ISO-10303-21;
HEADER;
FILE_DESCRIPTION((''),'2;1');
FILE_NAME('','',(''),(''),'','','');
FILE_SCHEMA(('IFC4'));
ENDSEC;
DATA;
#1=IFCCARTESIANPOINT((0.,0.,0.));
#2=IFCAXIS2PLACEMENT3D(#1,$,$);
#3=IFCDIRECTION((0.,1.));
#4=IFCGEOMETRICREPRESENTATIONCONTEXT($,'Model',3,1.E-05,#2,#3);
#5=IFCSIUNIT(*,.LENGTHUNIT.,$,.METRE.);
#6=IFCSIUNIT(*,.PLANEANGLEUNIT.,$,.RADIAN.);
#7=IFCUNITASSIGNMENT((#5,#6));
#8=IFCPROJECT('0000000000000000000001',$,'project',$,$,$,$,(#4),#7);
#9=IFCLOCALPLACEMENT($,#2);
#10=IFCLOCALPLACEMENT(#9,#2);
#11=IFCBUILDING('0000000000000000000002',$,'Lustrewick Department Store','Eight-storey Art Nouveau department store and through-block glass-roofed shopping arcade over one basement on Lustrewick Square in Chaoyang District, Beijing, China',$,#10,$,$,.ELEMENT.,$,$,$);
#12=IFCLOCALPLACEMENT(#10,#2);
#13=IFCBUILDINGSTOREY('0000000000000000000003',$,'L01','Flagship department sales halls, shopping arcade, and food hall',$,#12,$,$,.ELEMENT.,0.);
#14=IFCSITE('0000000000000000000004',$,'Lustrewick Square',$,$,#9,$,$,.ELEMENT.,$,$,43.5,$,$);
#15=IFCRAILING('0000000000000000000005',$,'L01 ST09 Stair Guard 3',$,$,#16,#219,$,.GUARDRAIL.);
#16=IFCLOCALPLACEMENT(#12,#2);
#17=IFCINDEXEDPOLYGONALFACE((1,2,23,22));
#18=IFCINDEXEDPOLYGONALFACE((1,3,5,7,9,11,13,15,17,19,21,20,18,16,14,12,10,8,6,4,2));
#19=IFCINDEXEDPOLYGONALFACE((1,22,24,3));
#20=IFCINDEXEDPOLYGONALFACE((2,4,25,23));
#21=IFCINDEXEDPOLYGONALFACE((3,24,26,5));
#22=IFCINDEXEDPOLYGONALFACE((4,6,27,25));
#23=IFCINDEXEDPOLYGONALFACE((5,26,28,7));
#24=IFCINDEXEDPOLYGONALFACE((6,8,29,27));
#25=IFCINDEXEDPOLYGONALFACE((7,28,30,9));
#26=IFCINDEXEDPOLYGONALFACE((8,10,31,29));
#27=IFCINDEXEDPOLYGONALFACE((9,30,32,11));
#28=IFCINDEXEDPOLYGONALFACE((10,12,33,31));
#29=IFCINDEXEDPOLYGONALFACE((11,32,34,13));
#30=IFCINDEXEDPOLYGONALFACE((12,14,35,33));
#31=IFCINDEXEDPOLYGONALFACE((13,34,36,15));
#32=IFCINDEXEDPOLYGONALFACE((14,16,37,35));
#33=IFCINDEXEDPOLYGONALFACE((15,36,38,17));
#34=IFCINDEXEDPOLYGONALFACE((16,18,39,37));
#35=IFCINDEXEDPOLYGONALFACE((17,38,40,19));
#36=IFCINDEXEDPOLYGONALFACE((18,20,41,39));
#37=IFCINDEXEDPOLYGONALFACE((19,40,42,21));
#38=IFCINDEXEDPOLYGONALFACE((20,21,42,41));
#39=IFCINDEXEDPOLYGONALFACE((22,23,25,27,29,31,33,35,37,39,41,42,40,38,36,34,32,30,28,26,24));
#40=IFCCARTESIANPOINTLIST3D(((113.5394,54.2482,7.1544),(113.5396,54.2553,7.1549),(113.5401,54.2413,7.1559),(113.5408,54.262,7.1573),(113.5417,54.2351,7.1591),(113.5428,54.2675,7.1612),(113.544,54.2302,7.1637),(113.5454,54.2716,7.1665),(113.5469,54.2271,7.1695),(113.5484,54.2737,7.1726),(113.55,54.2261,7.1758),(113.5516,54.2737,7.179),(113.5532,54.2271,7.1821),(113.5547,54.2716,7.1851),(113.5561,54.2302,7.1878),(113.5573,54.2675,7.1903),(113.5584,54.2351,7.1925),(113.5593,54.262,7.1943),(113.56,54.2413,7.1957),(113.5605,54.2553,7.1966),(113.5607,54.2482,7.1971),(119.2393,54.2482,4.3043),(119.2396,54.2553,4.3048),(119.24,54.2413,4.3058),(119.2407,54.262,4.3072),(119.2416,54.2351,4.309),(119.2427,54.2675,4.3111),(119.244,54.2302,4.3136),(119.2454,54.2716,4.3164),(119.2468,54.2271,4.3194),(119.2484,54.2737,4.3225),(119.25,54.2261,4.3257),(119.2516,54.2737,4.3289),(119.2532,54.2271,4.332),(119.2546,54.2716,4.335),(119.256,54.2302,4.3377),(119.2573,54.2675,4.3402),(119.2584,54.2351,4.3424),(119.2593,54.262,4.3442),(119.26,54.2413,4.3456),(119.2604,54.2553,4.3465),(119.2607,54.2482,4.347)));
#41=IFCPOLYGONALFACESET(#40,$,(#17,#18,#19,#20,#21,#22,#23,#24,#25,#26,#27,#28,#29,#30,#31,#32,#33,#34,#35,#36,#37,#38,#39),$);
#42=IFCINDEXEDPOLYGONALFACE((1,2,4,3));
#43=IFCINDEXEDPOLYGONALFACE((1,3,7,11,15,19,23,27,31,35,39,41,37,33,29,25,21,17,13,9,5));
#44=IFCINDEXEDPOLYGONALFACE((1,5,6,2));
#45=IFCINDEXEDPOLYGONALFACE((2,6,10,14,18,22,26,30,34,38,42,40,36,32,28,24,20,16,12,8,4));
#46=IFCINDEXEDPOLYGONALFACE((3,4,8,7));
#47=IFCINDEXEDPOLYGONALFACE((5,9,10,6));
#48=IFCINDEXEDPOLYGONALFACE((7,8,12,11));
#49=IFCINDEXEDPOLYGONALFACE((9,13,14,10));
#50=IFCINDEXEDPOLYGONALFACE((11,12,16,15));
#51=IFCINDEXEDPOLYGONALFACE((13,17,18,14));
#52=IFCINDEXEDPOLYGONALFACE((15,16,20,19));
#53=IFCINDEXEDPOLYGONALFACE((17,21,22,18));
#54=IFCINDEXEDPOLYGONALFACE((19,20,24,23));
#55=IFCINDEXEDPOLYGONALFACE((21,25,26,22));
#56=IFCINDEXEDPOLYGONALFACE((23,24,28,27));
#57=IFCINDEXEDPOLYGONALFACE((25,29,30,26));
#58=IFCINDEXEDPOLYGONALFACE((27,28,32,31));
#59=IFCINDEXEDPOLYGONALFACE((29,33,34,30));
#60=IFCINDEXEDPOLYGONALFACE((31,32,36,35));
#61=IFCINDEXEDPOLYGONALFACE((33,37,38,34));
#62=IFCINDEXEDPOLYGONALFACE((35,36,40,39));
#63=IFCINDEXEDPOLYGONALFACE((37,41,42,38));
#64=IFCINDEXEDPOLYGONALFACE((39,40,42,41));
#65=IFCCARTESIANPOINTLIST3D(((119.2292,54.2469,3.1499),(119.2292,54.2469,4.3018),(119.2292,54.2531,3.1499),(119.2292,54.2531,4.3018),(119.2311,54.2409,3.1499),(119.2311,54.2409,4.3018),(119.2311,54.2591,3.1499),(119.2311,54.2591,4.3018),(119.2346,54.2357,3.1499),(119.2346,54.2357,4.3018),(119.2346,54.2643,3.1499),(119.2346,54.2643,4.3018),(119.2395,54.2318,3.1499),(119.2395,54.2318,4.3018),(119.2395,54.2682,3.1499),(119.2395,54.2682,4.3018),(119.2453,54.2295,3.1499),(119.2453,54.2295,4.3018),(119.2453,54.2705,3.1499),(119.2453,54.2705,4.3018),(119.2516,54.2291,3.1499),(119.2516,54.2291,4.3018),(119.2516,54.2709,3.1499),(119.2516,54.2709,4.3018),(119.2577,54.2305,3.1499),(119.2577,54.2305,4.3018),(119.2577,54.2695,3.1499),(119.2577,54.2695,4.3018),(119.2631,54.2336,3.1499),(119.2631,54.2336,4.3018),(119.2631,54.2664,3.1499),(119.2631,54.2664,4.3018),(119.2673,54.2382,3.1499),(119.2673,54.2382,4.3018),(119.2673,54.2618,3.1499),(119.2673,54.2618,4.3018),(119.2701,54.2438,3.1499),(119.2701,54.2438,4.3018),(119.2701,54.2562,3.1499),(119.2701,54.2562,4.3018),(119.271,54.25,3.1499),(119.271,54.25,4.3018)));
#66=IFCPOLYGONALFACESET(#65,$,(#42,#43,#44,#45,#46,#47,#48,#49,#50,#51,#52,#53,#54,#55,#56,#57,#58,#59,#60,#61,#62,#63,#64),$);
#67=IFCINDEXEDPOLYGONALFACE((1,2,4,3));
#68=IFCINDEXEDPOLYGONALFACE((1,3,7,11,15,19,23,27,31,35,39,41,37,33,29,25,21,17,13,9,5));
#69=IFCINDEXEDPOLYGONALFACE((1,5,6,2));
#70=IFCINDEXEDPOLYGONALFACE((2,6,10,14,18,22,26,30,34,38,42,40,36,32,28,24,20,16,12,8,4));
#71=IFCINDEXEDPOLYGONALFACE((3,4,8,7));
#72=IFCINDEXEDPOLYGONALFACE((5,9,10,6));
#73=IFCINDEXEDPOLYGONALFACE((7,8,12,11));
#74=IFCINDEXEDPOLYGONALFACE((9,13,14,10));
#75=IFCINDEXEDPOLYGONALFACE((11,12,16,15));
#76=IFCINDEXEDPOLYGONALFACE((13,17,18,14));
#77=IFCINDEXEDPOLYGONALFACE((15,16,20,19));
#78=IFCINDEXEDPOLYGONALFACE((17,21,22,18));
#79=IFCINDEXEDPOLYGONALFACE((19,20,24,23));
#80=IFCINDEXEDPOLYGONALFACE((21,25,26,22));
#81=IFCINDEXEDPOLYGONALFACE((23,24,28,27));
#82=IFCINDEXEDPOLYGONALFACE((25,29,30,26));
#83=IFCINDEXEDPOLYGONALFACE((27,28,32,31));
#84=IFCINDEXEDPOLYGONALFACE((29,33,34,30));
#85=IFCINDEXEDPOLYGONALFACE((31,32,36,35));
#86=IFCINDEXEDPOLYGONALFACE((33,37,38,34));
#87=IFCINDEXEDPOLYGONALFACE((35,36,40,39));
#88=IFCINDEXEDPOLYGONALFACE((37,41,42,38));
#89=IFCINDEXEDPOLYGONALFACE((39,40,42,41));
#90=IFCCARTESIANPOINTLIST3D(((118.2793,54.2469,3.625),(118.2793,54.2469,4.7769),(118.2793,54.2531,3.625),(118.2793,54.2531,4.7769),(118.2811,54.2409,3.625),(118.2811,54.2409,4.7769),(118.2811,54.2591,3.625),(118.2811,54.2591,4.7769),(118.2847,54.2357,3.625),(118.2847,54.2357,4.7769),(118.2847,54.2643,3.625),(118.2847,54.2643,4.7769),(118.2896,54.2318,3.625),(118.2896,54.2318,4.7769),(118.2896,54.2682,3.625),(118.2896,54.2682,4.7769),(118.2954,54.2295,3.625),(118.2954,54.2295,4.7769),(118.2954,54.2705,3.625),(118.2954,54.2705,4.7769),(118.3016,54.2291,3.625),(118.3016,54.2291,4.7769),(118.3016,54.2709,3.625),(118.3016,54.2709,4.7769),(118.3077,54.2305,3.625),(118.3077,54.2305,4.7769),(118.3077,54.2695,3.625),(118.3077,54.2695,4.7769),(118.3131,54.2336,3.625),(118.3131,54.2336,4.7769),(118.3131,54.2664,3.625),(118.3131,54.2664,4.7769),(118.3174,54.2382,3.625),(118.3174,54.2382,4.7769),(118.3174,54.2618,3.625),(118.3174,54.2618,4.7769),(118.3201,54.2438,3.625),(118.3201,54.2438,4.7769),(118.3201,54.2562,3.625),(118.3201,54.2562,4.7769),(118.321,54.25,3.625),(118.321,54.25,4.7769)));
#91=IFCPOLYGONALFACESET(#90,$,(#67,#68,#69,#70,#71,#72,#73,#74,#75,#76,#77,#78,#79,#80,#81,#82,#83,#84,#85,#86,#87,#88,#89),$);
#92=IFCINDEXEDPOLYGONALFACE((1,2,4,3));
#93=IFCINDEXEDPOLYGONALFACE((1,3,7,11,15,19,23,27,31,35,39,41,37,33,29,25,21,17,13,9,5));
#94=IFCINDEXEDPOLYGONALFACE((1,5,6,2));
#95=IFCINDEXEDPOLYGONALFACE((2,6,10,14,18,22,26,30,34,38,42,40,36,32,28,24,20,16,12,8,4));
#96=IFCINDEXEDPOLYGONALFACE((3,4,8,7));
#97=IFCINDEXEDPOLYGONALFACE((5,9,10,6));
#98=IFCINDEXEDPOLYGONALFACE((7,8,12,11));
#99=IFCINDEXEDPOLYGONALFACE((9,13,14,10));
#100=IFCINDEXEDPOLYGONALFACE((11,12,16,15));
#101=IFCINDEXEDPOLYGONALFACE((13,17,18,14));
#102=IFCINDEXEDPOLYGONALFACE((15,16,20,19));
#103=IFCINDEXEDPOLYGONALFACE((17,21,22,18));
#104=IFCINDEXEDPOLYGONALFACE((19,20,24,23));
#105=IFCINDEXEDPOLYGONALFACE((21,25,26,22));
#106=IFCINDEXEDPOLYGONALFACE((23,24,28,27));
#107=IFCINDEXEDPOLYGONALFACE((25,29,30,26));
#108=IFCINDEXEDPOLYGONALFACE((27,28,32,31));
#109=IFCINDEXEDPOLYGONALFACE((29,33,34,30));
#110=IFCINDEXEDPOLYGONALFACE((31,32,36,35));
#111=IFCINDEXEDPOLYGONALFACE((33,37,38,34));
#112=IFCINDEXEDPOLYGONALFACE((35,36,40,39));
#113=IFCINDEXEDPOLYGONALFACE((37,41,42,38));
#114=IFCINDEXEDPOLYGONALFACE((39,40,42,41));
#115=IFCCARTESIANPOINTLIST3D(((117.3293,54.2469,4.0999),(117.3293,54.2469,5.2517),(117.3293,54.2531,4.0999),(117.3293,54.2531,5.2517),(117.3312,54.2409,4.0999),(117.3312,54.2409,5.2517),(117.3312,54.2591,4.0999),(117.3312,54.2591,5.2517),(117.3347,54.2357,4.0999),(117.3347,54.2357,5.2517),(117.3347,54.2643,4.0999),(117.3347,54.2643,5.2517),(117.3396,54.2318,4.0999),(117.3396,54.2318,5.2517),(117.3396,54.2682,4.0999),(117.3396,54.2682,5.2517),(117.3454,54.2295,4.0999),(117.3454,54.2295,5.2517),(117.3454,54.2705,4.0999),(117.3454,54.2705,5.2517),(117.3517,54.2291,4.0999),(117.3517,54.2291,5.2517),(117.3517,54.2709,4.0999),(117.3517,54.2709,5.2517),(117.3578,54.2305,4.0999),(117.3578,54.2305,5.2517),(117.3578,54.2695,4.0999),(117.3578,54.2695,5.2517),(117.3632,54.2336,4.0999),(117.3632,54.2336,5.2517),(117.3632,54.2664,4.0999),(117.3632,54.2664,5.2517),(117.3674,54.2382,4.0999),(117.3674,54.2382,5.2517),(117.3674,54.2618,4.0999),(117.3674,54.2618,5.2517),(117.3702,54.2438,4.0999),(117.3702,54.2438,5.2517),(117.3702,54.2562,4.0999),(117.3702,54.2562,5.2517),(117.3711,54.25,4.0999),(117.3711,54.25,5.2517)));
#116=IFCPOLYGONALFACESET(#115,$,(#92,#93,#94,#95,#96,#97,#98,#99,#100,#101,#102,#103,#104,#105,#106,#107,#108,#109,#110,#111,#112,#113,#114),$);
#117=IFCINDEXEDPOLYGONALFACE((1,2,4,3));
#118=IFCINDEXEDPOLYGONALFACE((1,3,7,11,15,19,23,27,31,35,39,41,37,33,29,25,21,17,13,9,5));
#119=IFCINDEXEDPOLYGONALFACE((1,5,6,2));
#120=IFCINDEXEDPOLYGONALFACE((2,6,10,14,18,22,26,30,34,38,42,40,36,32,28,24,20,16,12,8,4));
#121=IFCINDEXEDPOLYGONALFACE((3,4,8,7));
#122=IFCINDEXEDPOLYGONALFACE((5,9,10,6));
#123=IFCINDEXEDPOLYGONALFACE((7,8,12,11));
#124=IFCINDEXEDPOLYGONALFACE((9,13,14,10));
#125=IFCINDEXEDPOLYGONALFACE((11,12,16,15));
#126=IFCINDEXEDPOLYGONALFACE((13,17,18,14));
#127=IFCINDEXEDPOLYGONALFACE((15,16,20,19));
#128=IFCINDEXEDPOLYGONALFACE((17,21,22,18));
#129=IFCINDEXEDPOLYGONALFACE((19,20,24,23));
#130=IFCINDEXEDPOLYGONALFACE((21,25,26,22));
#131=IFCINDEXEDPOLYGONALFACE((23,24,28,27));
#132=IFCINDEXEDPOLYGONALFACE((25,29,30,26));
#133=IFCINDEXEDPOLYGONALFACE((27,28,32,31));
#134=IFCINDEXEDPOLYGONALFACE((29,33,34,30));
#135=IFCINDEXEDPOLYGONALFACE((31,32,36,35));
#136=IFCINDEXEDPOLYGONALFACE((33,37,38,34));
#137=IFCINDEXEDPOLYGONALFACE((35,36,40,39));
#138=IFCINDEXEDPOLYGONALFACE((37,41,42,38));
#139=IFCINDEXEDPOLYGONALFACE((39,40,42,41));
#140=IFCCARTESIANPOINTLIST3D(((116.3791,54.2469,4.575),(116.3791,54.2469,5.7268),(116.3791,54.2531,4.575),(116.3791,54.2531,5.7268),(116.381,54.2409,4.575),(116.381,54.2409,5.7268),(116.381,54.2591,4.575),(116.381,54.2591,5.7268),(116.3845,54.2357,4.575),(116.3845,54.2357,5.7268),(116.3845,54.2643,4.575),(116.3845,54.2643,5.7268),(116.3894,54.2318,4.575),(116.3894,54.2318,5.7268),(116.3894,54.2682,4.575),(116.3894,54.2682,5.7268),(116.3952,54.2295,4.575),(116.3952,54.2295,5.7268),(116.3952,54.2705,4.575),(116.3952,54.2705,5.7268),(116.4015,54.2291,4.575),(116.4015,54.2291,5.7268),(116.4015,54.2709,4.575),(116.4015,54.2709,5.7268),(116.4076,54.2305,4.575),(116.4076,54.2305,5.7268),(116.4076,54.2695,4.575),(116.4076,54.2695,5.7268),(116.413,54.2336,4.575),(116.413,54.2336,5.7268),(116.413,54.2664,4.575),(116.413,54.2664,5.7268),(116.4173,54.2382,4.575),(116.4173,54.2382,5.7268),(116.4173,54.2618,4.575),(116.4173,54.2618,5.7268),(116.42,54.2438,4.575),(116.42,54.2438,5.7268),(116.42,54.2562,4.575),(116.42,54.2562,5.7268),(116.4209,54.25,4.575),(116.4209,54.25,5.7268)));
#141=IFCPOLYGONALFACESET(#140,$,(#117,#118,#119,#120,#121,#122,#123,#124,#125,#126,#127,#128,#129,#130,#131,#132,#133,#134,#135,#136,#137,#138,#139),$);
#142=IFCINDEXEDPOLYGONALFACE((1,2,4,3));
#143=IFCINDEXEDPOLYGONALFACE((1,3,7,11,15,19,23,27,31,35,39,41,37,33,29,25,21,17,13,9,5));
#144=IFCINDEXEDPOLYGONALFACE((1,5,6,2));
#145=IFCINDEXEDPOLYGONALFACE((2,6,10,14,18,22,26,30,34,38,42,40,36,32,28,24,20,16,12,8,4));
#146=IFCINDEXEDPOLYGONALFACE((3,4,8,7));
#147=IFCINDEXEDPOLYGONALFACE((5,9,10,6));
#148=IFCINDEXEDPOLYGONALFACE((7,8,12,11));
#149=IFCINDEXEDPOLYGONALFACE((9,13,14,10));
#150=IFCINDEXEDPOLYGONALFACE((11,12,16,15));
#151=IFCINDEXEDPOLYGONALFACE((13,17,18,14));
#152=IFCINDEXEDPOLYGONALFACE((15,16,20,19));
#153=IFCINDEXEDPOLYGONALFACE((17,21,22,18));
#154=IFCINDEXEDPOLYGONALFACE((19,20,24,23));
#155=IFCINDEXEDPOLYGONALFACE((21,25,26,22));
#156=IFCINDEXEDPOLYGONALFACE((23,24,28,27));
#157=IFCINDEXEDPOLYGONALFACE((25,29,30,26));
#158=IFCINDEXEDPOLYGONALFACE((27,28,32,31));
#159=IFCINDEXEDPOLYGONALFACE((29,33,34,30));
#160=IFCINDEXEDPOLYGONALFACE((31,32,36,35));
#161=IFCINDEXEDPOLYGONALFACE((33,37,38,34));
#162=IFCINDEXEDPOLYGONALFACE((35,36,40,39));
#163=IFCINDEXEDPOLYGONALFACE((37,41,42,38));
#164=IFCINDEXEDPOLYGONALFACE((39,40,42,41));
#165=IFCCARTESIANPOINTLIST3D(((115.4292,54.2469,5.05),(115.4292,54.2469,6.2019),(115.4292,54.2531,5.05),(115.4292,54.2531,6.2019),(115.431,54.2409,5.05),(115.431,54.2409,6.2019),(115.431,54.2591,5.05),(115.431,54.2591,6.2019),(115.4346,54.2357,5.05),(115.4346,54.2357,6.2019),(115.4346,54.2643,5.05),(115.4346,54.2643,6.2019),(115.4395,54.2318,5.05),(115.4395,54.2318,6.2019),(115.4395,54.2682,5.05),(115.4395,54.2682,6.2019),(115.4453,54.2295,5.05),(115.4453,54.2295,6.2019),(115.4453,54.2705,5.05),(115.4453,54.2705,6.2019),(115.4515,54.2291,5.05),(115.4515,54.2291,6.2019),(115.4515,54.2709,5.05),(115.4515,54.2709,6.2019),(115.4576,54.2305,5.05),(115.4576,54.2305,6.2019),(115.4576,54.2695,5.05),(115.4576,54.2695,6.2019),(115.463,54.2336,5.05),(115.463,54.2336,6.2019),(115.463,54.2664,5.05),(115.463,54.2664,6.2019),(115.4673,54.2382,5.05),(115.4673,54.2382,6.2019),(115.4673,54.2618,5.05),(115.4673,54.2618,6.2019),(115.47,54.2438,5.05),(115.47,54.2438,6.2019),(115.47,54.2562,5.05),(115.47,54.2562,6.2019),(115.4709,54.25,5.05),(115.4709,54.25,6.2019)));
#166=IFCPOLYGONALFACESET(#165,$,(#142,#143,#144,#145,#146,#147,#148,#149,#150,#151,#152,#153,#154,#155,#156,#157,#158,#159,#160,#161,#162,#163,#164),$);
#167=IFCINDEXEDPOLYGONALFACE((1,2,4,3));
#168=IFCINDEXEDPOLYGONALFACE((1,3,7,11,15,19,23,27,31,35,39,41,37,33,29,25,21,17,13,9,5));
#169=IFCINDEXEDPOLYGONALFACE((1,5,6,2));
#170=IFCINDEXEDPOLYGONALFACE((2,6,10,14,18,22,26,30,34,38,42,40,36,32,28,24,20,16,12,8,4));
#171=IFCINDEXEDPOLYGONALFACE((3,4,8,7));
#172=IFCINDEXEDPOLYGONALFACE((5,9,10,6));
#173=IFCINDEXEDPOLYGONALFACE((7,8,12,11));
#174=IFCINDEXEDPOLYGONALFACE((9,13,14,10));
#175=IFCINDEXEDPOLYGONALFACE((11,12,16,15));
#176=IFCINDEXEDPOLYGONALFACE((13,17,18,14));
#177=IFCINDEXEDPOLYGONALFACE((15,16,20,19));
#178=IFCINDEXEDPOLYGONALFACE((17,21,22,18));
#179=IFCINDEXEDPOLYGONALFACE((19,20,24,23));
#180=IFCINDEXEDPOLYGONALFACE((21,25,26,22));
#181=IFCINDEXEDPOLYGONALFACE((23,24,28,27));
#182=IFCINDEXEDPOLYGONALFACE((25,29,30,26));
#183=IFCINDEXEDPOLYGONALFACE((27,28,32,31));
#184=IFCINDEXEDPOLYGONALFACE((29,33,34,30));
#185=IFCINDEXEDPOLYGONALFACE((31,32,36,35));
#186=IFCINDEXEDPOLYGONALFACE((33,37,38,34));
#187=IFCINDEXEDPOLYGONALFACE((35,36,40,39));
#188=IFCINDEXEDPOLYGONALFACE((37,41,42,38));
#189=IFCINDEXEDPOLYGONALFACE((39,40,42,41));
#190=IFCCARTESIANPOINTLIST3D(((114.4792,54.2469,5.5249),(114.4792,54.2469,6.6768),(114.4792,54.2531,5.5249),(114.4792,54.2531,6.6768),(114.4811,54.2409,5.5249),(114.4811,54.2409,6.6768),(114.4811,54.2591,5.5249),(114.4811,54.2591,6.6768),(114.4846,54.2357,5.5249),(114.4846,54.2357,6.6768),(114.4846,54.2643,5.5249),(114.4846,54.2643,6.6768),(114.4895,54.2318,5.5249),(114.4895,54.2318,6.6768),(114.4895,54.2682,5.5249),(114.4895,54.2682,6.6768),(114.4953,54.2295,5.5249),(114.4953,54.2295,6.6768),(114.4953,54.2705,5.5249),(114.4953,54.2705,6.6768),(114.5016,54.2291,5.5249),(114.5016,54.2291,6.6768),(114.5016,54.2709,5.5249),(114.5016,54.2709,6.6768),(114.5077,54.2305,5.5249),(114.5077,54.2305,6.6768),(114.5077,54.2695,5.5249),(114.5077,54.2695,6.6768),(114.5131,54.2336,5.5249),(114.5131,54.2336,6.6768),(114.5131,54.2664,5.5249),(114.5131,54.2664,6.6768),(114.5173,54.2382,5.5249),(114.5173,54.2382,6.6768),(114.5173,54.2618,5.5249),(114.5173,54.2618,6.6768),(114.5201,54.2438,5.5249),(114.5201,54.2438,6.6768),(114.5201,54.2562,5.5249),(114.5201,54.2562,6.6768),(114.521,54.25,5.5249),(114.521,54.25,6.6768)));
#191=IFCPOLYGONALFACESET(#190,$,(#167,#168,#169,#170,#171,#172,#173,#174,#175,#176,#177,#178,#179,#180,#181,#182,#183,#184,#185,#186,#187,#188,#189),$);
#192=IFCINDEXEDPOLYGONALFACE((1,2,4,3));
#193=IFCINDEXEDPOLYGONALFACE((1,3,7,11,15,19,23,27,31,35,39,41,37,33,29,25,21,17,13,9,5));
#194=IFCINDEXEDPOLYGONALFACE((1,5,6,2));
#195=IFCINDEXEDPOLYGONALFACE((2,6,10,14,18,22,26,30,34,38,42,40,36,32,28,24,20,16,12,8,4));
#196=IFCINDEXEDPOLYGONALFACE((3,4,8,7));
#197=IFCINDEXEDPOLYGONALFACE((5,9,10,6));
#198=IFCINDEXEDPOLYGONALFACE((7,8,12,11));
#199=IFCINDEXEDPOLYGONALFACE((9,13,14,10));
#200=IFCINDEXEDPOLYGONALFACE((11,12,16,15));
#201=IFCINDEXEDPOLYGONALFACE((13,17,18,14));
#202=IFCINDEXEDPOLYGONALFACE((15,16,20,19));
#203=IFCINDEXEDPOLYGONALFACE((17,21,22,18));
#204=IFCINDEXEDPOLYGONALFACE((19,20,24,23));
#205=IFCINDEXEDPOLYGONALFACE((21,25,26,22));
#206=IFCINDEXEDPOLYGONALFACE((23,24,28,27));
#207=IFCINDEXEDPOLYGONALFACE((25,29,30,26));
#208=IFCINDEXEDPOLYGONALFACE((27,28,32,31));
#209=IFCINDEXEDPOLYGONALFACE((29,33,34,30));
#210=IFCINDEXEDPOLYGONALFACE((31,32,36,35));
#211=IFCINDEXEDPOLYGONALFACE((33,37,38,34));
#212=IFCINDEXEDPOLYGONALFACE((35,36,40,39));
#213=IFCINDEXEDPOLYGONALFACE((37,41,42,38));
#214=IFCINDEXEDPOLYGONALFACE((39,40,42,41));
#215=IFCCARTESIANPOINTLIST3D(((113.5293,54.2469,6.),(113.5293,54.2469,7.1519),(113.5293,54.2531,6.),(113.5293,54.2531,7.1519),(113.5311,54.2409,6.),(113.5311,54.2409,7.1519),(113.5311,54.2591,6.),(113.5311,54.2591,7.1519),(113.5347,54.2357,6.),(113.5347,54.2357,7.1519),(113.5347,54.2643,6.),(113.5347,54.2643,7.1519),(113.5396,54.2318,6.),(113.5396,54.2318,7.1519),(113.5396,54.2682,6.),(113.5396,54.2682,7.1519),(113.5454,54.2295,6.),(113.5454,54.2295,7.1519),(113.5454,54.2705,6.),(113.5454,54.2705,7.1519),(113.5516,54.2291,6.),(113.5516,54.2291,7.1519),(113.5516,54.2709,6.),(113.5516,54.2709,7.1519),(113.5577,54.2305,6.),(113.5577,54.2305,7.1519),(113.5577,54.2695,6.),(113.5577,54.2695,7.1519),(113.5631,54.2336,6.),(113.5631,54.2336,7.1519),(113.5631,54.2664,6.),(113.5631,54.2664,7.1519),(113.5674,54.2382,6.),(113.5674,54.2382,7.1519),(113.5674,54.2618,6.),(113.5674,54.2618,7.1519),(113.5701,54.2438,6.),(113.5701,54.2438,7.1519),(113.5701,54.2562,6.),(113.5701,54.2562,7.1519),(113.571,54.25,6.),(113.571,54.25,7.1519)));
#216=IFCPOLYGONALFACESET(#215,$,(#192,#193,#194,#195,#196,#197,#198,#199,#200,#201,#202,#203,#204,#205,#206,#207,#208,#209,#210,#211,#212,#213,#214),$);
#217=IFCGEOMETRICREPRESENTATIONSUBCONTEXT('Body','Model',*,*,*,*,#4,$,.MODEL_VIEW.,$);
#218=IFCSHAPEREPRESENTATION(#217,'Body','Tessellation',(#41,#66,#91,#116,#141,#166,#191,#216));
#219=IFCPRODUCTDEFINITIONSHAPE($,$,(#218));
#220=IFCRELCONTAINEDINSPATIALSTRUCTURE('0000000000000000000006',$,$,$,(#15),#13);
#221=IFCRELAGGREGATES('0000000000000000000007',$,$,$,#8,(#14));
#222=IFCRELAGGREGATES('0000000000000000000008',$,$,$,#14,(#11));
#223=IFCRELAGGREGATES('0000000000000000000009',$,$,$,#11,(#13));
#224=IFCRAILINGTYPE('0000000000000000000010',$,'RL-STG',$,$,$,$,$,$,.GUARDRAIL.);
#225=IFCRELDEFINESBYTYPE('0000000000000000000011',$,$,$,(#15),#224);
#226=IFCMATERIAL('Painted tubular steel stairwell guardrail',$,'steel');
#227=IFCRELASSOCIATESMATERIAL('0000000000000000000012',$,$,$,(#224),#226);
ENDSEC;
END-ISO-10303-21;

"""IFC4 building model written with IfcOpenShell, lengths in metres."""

from ifc_helpers import new_model, si_unit, direction, frame, origin, origin_2d, place, context, subcontext, project, spatial, circle, extrude, material, type_object, element, save


model = new_model("IFC4")

# Units and contexts
model_context = context("Model", 3, precision=1e-05, world=origin(), true_north=direction((0.0, 1.0)))
body_context = subcontext(model_context, "Body", "Model", "MODEL_VIEW")
ifc_project = project(units=[si_unit("LENGTHUNIT", "METRE"), si_unit("PLANEANGLEUNIT", "RADIAN")], contexts=[model_context])

# Site, building, storey
site_placement = place(None, origin())
site = spatial("IfcSite", under=ifc_project, at=site_placement, Name="Lustrewick Square", CompositionType="ELEMENT", RefElevation=43.5)
building_placement = place(site_placement, origin())
building = spatial("IfcBuilding", under=site, at=building_placement, Name="Lustrewick Department Store", Description="Eight-storey Art Nouveau department store and through-block glass-roofed shopping arcade over one basement on Lustrewick Square in Chaoyang District, Beijing, China", CompositionType="ELEMENT")
storey_placement = place(building_placement, origin())
storey = spatial("IfcBuildingStorey", under=building, at=storey_placement, Name="L01", Description="Flagship department sales halls, shopping arcade, and food hall", CompositionType="ELEMENT", Elevation=0.0)

# Railing
ifc_material_1 = material(Name="Painted tubular steel stairwell guardrail", Category="steel")
railing_type_1 = type_object("IfcRailingType", Name="RL-STG", PredefinedType="GUARDRAIL", material=ifc_material_1)
railing_1_placement = place(storey_placement, frame((119.25, 54.25, 3.1499)))
element("IfcRailing", 1, at=railing_1_placement, inside=storey, type_object=railing_type_1, Name="L01 ST09 Stair Guard 3", PredefinedType="GUARDRAIL", context=body_context, shape_type="SweptSolid", body=[
    extrude(circle(Radius=0.0239, at=origin_2d()), frame((0.0, 0.0, 1.1758), z_axis=(-0.89442, 0.0, 0.447229), x_axis=(0.0, -1.0, 0.0)), (0.0, 0.0, 1.0), 6.3728),
    extrude(circle(Radius=0.021, at=origin_2d()), origin(), (0.0, 0.0, 1.0), 1.1519),
    extrude(circle(Radius=0.021, at=origin_2d()), frame((-0.95, 0.0, 0.4751)), (0.0, 0.0, 1.0), 1.1519),
    extrude(circle(Radius=0.021, at=origin_2d()), frame((-1.8999, 0.0, 0.95)), (0.0, 0.0, 1.0), 1.1519),
    extrude(circle(Radius=0.021, at=origin_2d()), frame((-2.8501, 0.0, 1.425)), (0.0, 0.0, 1.0), 1.1519),
    extrude(circle(Radius=0.021, at=origin_2d()), frame((-3.8, 0.0, 1.9001)), (0.0, 0.0, 1.0), 1.1519),
    extrude(circle(Radius=0.021, at=origin_2d()), frame((-4.75, 0.0, 2.375)), (0.0, 0.0, 1.0), 1.1519),
    extrude(circle(Radius=0.021, at=origin_2d()), frame((-5.7, 0.0, 2.8501)), (0.0, 0.0, 1.0), 1.1519),
])

save(model, "model.ifc")
